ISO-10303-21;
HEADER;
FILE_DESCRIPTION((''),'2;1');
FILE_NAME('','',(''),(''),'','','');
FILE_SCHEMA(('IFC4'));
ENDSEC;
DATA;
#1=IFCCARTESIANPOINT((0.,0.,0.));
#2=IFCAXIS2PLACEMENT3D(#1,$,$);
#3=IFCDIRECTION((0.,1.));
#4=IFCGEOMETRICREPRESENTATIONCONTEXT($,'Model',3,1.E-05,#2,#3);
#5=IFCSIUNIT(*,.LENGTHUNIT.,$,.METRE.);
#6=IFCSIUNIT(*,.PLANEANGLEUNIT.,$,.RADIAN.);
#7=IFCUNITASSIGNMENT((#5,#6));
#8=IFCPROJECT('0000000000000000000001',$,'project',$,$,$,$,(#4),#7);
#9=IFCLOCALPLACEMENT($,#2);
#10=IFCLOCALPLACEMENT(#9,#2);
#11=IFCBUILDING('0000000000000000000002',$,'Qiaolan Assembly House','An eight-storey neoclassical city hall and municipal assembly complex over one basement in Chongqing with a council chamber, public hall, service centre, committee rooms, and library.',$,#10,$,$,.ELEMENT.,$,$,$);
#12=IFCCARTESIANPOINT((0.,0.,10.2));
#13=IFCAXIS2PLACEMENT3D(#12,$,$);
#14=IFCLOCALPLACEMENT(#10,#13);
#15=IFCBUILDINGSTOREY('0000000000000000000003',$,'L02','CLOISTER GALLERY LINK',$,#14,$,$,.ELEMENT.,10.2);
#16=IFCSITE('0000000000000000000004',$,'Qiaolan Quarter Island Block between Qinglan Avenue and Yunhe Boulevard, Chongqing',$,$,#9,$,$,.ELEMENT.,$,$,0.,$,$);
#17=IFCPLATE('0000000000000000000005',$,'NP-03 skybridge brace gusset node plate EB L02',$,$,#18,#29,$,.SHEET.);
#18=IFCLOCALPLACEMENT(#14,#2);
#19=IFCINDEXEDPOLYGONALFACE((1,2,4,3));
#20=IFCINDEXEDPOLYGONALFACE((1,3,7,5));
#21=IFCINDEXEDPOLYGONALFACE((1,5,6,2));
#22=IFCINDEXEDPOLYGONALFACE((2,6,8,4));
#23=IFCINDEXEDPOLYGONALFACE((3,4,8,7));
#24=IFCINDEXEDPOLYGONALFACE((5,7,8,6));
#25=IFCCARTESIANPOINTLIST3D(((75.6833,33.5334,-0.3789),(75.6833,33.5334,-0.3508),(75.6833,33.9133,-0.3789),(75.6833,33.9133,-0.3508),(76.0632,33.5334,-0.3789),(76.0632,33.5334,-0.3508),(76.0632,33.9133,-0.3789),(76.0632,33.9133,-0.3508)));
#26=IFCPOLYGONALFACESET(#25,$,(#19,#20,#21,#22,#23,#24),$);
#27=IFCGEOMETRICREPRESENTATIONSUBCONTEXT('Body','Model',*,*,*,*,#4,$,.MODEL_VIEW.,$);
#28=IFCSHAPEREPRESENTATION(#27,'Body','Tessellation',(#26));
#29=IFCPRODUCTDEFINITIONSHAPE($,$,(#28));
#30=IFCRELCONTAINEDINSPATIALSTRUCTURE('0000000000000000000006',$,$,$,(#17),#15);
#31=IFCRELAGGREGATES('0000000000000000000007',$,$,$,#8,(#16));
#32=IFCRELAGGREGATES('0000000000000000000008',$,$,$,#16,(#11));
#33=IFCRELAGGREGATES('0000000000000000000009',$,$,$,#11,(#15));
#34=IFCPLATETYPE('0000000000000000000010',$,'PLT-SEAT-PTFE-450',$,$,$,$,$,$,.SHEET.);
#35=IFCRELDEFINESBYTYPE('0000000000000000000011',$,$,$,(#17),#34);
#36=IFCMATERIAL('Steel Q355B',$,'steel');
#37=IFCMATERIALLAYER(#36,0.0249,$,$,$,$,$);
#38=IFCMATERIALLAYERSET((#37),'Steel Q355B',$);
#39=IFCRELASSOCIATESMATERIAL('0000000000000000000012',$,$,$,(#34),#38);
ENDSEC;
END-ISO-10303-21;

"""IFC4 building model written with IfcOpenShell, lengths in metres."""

from ifc_helpers import new_model, si_unit, direction, frame, origin, origin_2d, place, context, subcontext, project, spatial, rectangle, extrude, material, layer, layer_set, type_object, element, save


model = new_model("IFC4")

# Units and contexts
model_context = context("Model", 3, precision=1e-05, world=origin(), true_north=direction((0.0, 1.0)))
body_context = subcontext(model_context, "Body", "Model", "MODEL_VIEW")
ifc_project = project(units=[si_unit("LENGTHUNIT", "METRE"), si_unit("PLANEANGLEUNIT", "RADIAN")], contexts=[model_context])

# Site, building, storey
site_placement = place(None, origin())
site = spatial("IfcSite", under=ifc_project, at=site_placement, Name="Qiaolan Quarter Island Block between Qinglan Avenue and Yunhe Boulevard, Chongqing", CompositionType="ELEMENT", RefElevation=0.0)
building_placement = place(site_placement, origin())
building = spatial("IfcBuilding", under=site, at=building_placement, Name="Qiaolan Assembly House", Description="An eight-storey neoclassical city hall and municipal assembly complex over one basement in Chongqing with a council chamber, public hall, service centre, committee rooms, and library.", CompositionType="ELEMENT")
storey_placement = place(building_placement, frame((0.0, 0.0, 10.2)))
storey = spatial("IfcBuildingStorey", under=building, at=storey_placement, Name="L02", Description="CLOISTER GALLERY LINK", CompositionType="ELEMENT", Elevation=10.2)

# Shared definitions
ifc_material_1 = material(Name="Steel Q355B", Category="steel")

# Plate
ifc_layer_1 = layer(ifc_material_1, 0.0249)
ifc_layer_set_1 = layer_set([ifc_layer_1], Name="Steel Q355B")
plate_type_1 = type_object("IfcPlateType", Name="PLT-SEAT-PTFE-450", PredefinedType="SHEET", material=ifc_layer_set_1)
plate_1_placement = place(storey_placement, frame((75.8733, 33.7234, -0.3789), z_axis=(0.0, 0.0, 1.0), x_axis=(1.0, 0.0, 0.0)))
element("IfcPlate", 1, at=plate_1_placement, inside=storey, type_object=plate_type_1, Name="NP-03 skybridge brace gusset node plate EB L02", PredefinedType="SHEET", context=body_context, shape_type="SweptSolid", body=[
    extrude(rectangle(XDim=0.3799, YDim=0.3799, at=origin_2d()), origin(), (0.0, 0.0, 1.0), 0.0281),
])

save(model, "model.ifc")
